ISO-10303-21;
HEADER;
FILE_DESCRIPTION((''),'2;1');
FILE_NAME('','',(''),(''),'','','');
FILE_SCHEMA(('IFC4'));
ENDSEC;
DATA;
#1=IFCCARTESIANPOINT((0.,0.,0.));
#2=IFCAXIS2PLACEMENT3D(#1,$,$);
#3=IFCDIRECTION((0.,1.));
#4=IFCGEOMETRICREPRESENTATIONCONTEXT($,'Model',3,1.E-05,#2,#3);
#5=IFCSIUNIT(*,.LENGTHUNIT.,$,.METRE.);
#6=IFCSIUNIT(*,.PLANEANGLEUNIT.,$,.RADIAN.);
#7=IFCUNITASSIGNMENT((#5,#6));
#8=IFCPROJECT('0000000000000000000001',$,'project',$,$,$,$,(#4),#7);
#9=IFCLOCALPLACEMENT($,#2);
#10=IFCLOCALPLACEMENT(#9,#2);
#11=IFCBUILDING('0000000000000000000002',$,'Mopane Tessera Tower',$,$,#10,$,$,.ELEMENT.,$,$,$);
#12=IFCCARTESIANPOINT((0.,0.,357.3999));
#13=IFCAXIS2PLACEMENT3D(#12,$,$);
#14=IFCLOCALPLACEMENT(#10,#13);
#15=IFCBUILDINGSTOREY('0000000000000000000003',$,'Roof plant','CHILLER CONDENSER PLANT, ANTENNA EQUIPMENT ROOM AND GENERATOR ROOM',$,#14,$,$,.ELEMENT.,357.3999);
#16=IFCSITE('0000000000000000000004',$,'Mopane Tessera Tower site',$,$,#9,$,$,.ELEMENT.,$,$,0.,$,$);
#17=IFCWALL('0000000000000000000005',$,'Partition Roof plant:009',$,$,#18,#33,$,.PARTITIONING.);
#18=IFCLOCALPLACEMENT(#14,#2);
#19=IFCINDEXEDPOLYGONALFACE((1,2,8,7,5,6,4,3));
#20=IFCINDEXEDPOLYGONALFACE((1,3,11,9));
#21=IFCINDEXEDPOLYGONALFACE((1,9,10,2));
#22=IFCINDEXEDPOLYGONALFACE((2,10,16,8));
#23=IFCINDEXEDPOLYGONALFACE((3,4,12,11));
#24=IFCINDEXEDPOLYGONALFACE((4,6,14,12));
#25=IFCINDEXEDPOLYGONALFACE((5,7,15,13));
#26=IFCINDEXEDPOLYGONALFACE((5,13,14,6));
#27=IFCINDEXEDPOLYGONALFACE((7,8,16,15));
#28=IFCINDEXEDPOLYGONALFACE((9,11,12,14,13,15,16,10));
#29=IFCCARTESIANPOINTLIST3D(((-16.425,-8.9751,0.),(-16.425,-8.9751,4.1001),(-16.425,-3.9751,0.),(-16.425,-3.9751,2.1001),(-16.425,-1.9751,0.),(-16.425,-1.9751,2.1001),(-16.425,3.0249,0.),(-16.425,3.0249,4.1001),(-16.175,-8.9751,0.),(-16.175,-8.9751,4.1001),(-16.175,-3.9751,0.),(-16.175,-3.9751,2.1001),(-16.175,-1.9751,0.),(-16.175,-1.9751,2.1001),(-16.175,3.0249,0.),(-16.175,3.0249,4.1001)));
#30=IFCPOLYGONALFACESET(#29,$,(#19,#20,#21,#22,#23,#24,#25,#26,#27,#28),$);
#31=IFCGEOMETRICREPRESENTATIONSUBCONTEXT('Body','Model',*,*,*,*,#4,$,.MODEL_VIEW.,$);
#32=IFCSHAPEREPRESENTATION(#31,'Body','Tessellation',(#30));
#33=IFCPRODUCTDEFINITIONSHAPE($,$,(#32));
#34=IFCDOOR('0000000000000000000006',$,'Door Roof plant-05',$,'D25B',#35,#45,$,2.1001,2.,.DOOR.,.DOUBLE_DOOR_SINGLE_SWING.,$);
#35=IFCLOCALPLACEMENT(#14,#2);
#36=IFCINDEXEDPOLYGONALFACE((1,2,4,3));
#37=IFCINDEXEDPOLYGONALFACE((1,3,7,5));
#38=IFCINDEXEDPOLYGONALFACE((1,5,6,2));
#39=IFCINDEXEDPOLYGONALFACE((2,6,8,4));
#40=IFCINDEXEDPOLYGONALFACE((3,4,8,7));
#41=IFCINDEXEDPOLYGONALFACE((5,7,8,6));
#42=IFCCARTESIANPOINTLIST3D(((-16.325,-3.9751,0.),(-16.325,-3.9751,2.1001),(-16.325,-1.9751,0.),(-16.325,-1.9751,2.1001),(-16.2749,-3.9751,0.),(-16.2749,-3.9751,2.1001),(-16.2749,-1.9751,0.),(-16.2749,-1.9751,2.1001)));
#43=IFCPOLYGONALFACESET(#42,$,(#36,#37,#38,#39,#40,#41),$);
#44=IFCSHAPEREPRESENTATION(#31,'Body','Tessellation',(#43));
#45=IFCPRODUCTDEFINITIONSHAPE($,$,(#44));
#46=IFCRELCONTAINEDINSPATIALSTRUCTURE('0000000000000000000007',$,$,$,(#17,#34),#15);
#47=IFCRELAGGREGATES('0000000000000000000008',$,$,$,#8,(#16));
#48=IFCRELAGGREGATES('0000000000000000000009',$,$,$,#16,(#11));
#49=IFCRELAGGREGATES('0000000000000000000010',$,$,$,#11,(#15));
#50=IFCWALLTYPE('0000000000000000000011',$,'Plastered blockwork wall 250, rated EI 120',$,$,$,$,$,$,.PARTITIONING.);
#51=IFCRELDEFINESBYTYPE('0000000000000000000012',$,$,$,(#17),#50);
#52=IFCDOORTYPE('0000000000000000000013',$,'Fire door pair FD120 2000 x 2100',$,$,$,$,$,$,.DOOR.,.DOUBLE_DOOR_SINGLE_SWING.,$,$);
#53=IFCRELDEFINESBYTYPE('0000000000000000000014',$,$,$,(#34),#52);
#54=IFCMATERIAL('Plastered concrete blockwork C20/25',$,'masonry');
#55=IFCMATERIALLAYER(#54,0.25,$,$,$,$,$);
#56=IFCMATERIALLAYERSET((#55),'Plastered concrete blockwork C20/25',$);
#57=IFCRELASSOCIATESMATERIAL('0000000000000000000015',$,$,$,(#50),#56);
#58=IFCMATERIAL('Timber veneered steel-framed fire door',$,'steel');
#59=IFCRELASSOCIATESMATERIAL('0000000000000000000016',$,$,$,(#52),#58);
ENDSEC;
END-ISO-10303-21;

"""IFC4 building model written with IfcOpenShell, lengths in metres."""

from ifc_helpers import new_model, si_unit, direction, frame, frame_2d, origin, place, context, subcontext, project, spatial, rectangle, extrude, material, layer, layer_set, type_object, element, fill, save


model = new_model("IFC4")

# Units and contexts
model_context = context("Model", 3, precision=1e-05, world=origin(), true_north=direction((0.0, 1.0)))
body_context = subcontext(model_context, "Body", "Model", "MODEL_VIEW")
ifc_project = project(units=[si_unit("LENGTHUNIT", "METRE"), si_unit("PLANEANGLEUNIT", "RADIAN")], contexts=[model_context])

# Site, building, storey
site_placement = place(None, origin())
site = spatial("IfcSite", under=ifc_project, at=site_placement, Name="Mopane Tessera Tower site", CompositionType="ELEMENT", RefElevation=0.0)
building_placement = place(site_placement, origin())
building = spatial("IfcBuilding", under=site, at=building_placement, Name="Mopane Tessera Tower", CompositionType="ELEMENT")
storey_placement = place(building_placement, frame((0.0, 0.0, 357.3999)))
storey = spatial("IfcBuildingStorey", under=building, at=storey_placement, Name="Roof plant", Description="CHILLER CONDENSER PLANT, ANTENNA EQUIPMENT ROOM AND GENERATOR ROOM", CompositionType="ELEMENT", Elevation=357.3999)

# Wall, opening, door
ifc_material_1 = material(Name="Plastered concrete blockwork C20/25", Category="masonry")
ifc_layer_1 = layer(ifc_material_1, 0.25)
ifc_layer_set_1 = layer_set([ifc_layer_1], Name="Plastered concrete blockwork C20/25")
wall_type_1 = type_object("IfcWallType", Name="Plastered blockwork wall 250, rated EI 120", PredefinedType="PARTITIONING", material=ifc_layer_set_1)
wall_1_placement = place(storey_placement, frame((-16.3, -8.9751, 0.0), z_axis=(0.0, 0.0, 1.0), x_axis=(0.0, 1.0, 0.0)))
wall_1 = element("IfcWall", 1, at=wall_1_placement, inside=storey, type_object=wall_type_1, Name="Partition Roof plant:009", PredefinedType="PARTITIONING", context=body_context, shape_type="SweptSolid", body=[
    extrude(rectangle(XDim=12.0, YDim=0.25, at=frame_2d((6.0, 0.0))), origin(), (0.0, 0.0, 1.0), 4.1001),
])
opening_1_placement = place(wall_1_placement, frame((5.0, 0.0, 0.0)))
opening_1 = element("IfcOpeningElement", 2, at=opening_1_placement, cuts=wall_1, PredefinedType="OPENING", context=body_context, shape_type="SweptSolid", body=[
    extrude(rectangle(XDim=2.0, YDim=2.1001, at=frame_2d((1.0, 1.05))), frame((0.0, 0.137, 0.0), z_axis=(0.0, -1.0, 0.0), x_axis=(1.0, 0.0, 0.0)), (0.0, 0.0, 1.0), 0.2739),
])
ifc_material_2 = material(Name="Timber veneered steel-framed fire door", Category="steel")
door_type_1 = type_object("IfcDoorType", Name="Fire door pair FD120 2000 x 2100", OperationType="DOUBLE_DOOR_SINGLE_SWING", PredefinedType="DOOR", material=ifc_material_2)
door_1_placement = place(opening_1_placement, origin())
door_1 = element("IfcDoor", 3, at=door_1_placement, inside=storey, type_object=door_type_1, Name="Door Roof plant-05", ObjectType="D25B", OperationType="DOUBLE_DOOR_SINGLE_SWING", OverallHeight=2.1001, OverallWidth=2.0, PredefinedType="DOOR", context=body_context, shape_type="SweptSolid", body=[
    extrude(rectangle(XDim=2.0, YDim=2.1001, at=frame_2d((1.0, 1.05))), frame((0.0, 0.0249, 0.0), z_axis=(0.0, -1.0, 0.0), x_axis=(1.0, 0.0, 0.0)), (0.0, 0.0, 1.0), 0.05),
])
fill(opening_1, door_1)

save(model, "model.ifc")
